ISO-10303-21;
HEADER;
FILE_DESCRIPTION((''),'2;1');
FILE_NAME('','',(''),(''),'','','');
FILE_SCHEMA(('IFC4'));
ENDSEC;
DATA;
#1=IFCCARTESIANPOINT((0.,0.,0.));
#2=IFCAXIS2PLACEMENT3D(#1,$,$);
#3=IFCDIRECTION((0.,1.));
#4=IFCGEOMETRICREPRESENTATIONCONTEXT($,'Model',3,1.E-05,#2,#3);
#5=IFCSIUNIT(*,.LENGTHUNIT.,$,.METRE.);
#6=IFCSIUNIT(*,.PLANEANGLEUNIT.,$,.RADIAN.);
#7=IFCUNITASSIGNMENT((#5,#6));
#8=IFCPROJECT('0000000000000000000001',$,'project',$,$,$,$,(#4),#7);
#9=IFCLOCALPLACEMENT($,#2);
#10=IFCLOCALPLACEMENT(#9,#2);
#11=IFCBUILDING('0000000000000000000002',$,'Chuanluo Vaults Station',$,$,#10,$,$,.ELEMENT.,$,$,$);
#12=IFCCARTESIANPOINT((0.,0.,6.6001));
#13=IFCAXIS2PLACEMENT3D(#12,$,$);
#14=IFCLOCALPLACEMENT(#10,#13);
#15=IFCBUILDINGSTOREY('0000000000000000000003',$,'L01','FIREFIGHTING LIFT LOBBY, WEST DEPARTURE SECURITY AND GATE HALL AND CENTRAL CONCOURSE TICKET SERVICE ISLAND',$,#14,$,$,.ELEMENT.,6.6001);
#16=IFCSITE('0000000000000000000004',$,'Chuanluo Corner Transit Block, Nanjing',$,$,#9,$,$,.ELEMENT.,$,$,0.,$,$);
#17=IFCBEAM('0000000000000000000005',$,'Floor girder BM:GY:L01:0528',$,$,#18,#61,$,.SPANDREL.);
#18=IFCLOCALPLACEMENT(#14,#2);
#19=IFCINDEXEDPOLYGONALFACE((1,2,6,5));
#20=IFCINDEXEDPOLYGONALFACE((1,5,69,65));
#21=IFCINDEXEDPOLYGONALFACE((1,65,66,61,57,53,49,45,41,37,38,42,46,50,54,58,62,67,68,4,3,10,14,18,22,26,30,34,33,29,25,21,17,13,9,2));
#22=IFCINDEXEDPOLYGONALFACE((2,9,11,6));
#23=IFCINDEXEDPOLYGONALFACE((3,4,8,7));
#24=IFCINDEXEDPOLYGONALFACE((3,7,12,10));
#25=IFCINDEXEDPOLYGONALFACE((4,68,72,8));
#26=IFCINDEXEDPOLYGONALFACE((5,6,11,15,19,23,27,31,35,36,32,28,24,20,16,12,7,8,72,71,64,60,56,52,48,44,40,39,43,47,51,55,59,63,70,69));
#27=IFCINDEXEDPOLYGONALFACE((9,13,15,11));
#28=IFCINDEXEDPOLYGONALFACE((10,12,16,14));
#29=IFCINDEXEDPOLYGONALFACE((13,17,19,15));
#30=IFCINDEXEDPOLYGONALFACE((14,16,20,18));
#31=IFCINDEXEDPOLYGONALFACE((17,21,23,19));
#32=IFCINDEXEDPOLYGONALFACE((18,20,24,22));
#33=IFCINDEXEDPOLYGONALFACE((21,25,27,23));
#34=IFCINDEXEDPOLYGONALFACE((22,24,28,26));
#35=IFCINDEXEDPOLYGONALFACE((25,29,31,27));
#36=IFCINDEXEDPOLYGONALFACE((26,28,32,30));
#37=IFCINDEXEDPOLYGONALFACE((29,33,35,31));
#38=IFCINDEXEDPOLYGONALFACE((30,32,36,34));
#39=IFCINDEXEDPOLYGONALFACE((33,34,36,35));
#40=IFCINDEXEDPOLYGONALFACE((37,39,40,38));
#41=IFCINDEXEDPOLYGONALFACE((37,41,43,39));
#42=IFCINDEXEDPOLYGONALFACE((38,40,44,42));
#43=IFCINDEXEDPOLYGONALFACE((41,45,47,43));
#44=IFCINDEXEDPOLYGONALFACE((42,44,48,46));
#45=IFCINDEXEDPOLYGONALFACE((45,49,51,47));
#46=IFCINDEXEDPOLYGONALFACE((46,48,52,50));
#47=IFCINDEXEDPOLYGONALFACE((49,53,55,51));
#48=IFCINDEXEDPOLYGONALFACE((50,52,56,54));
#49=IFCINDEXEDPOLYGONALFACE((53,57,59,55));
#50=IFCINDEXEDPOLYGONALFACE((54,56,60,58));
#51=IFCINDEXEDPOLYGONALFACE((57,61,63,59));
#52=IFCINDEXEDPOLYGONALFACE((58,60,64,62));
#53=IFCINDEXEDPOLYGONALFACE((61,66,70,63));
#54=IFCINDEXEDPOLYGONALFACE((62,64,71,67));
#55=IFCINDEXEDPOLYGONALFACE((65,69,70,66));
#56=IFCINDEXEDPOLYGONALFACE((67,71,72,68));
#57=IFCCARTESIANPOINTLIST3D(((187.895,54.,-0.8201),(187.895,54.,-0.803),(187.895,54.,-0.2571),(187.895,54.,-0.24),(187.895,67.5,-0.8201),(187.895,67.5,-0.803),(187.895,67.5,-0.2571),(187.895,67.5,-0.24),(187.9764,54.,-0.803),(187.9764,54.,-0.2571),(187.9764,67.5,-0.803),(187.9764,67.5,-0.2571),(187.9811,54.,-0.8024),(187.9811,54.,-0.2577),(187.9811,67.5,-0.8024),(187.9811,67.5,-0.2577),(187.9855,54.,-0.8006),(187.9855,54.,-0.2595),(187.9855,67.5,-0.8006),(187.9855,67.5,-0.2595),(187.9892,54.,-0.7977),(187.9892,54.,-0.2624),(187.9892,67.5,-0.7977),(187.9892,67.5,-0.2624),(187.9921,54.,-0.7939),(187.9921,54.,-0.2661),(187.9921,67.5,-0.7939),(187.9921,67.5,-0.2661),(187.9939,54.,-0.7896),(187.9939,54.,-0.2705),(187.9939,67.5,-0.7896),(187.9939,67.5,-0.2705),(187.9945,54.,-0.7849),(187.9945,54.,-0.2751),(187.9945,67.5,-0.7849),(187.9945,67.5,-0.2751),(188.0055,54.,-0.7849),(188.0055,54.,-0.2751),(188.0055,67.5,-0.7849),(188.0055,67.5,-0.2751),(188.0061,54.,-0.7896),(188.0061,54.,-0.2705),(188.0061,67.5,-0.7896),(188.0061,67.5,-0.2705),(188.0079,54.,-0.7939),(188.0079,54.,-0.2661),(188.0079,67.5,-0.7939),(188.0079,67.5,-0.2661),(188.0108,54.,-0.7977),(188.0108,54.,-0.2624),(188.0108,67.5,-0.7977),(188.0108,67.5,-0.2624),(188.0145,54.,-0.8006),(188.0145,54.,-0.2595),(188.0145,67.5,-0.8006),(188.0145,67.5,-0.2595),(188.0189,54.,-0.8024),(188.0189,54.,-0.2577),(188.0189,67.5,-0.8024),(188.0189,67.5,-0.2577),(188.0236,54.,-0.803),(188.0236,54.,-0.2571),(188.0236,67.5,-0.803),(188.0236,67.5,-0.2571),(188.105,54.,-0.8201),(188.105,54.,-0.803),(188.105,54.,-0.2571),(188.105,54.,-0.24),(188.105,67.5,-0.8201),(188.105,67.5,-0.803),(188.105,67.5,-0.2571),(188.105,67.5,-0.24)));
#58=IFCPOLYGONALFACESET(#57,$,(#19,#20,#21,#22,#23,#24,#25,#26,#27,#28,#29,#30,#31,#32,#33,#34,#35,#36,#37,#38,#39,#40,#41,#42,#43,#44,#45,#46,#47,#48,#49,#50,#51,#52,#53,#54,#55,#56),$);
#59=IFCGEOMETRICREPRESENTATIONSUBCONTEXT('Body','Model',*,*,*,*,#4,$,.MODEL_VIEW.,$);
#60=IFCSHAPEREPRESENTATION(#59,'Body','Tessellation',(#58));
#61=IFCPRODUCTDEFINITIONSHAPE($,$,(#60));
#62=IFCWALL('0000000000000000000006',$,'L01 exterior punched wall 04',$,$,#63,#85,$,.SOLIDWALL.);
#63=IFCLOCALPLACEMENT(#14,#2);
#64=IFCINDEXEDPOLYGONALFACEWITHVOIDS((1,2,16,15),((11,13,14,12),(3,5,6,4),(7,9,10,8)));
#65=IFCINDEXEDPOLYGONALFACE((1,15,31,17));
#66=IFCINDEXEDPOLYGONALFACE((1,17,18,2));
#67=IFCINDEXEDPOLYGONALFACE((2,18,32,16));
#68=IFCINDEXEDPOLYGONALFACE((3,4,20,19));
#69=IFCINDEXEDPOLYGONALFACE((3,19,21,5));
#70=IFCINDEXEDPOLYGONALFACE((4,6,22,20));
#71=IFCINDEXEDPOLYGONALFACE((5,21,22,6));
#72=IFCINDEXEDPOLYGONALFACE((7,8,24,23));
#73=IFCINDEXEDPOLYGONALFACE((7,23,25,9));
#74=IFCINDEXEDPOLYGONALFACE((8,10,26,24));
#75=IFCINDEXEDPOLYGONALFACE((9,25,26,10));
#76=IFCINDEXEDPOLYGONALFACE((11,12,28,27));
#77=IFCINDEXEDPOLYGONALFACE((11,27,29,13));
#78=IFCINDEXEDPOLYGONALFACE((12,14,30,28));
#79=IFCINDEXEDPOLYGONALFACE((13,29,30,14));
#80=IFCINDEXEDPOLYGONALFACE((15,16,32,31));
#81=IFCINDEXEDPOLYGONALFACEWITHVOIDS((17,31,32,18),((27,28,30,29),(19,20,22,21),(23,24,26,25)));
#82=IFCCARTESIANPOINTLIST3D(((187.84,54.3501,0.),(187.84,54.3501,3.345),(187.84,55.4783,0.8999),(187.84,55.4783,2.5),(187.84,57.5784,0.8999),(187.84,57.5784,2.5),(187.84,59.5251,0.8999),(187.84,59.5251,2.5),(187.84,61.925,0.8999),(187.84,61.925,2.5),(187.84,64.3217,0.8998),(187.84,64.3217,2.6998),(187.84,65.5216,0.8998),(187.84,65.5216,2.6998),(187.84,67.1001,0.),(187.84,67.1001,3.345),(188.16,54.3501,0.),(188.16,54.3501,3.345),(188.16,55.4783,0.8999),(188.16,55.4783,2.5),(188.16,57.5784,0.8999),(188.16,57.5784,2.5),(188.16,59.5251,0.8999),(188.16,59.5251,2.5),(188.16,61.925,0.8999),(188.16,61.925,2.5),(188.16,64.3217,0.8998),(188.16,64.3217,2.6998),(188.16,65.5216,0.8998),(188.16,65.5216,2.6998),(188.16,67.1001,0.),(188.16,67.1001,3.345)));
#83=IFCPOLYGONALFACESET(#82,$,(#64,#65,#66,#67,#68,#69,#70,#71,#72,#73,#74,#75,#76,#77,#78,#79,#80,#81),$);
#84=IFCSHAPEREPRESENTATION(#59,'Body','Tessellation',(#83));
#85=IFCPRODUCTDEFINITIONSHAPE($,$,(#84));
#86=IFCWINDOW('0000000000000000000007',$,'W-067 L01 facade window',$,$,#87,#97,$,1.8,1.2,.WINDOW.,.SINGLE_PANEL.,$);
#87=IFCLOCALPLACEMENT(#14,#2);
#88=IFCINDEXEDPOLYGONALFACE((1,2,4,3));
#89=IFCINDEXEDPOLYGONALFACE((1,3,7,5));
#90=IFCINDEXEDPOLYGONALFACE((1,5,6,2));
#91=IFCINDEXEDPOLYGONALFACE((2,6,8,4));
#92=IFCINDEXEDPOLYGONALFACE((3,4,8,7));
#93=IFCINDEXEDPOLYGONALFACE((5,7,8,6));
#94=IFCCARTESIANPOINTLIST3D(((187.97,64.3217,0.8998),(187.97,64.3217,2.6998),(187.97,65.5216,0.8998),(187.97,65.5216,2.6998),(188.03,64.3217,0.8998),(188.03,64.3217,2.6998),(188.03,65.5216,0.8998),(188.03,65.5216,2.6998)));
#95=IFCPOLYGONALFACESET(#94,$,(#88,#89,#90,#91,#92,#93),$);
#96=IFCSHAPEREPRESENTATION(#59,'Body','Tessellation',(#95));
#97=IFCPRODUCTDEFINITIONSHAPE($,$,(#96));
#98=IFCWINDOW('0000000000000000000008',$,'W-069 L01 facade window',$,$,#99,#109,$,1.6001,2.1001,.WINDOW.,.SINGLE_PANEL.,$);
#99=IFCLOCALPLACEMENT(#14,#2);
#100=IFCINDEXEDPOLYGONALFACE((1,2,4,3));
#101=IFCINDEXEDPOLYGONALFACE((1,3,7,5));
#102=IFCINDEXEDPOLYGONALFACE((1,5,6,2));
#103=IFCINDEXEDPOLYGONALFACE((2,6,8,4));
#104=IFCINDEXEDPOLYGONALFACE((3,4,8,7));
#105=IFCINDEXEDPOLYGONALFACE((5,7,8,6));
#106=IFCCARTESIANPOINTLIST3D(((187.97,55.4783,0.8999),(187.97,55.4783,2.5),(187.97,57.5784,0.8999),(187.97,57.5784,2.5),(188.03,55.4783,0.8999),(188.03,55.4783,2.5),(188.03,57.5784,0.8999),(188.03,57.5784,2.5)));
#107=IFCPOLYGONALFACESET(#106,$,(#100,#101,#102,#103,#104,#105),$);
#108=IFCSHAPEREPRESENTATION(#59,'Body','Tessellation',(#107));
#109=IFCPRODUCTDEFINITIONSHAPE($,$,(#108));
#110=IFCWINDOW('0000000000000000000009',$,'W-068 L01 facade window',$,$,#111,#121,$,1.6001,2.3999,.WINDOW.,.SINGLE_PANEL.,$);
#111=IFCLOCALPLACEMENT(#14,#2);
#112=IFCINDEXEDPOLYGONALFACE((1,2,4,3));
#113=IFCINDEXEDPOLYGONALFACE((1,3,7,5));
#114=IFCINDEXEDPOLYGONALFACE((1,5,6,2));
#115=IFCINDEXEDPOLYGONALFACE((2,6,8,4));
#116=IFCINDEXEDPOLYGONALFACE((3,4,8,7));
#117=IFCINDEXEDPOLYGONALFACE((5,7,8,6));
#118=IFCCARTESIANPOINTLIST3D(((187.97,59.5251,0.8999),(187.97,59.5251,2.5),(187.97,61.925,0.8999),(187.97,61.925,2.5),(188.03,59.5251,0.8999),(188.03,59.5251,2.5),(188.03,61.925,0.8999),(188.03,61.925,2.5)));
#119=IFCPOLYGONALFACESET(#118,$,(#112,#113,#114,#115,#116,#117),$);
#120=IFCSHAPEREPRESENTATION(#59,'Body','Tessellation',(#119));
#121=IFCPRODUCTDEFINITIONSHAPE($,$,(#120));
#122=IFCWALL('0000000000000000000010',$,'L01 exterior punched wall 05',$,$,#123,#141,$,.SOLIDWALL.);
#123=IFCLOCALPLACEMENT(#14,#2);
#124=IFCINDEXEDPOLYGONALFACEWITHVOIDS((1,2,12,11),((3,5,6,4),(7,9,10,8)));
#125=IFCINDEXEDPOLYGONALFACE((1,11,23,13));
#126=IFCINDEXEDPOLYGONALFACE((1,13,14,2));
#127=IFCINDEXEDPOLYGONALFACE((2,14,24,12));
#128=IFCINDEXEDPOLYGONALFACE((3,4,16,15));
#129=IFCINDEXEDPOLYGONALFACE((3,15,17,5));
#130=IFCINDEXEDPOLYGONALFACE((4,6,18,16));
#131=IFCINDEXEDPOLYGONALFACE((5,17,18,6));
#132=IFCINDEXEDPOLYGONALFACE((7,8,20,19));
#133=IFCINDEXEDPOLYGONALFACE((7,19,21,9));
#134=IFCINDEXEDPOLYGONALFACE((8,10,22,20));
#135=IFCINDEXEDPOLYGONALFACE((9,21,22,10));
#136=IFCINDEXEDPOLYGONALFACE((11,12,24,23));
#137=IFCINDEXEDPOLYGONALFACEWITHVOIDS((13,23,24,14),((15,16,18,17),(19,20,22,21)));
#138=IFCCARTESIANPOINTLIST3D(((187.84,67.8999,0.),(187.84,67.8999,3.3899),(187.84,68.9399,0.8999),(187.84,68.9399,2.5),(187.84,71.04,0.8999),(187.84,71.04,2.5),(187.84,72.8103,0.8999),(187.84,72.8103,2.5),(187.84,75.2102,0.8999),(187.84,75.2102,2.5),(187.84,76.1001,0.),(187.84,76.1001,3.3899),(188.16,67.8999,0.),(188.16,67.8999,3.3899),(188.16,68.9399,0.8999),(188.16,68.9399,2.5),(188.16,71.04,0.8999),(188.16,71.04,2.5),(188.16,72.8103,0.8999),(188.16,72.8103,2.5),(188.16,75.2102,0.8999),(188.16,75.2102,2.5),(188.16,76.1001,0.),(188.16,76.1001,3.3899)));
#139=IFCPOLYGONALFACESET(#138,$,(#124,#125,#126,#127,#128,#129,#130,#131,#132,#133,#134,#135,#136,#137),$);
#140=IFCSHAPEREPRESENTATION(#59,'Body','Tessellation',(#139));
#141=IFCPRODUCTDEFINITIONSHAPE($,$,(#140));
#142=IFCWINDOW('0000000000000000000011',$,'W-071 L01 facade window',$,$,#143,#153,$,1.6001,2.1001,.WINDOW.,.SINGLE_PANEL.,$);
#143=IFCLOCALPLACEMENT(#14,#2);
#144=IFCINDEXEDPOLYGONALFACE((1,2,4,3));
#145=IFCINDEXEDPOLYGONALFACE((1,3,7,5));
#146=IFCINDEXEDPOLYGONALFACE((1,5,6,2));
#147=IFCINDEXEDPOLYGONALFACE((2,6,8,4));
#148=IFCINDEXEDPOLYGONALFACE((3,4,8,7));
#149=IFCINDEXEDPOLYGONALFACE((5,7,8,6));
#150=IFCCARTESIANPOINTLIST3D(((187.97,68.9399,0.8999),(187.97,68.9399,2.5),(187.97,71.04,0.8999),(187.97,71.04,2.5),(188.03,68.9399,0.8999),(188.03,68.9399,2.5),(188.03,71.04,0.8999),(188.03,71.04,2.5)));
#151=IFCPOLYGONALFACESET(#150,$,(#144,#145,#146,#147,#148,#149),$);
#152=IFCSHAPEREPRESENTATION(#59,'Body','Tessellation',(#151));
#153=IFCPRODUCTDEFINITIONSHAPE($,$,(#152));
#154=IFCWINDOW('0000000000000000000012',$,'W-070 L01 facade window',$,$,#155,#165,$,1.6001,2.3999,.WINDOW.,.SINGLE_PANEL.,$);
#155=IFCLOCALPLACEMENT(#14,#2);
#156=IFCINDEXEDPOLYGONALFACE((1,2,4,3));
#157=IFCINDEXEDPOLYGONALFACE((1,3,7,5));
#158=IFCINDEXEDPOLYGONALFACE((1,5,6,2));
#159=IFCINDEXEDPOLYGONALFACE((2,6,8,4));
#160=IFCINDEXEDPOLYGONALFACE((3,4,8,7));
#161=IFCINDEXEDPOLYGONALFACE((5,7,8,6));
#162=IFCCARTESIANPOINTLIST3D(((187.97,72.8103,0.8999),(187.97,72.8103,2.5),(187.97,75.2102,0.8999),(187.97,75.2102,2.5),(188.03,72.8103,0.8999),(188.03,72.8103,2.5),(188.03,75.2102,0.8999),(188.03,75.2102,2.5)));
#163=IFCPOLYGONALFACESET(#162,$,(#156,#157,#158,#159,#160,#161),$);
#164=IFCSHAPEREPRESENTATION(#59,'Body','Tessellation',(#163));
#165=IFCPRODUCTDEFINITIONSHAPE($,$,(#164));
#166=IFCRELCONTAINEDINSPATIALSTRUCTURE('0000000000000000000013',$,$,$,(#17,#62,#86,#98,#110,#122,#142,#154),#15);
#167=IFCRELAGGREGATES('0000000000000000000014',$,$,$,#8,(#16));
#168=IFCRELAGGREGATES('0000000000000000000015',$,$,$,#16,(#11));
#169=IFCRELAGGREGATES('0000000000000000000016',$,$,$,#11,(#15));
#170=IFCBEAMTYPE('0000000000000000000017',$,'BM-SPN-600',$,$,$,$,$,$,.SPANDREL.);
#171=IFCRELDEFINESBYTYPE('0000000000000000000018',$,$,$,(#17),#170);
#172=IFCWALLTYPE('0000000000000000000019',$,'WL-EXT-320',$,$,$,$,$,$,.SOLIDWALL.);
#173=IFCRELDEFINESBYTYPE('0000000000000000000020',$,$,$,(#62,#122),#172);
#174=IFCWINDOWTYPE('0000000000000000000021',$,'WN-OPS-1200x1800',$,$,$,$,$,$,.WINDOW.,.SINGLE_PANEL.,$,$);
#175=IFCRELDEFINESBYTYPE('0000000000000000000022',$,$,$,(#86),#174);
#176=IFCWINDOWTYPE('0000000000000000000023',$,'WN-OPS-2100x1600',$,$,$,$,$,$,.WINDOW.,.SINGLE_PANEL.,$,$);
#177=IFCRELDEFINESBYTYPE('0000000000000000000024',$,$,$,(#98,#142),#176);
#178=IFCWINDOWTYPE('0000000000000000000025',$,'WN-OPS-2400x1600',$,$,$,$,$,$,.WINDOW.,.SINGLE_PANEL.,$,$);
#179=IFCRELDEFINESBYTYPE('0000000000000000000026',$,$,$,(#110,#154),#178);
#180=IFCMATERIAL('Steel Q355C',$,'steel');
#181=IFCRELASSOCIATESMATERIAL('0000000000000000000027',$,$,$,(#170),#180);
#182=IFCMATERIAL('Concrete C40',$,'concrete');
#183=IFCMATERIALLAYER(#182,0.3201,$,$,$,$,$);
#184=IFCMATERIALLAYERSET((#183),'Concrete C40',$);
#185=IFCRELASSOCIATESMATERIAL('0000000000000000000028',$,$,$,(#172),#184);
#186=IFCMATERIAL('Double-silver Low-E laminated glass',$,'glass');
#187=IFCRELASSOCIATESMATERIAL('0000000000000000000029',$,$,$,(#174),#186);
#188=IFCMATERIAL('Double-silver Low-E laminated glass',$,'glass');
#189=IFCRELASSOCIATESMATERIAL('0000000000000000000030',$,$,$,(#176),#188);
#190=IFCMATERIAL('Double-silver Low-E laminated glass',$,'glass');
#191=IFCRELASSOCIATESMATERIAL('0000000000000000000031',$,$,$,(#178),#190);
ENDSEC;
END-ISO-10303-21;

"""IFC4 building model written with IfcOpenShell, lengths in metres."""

from ifc_helpers import new_model, si_unit, direction, frame, frame_2d, origin, origin_2d, place, context, subcontext, project, spatial, rectangle, i_section, extrude, material, layer, layer_set, material_profile, profile_set, type_object, element, fill, save


model = new_model("IFC4")

# Units and contexts
model_context = context("Model", 3, precision=1e-05, world=origin(), true_north=direction((0.0, 1.0)))
body_context = subcontext(model_context, "Body", "Model", "MODEL_VIEW")
ifc_project = project(units=[si_unit("LENGTHUNIT", "METRE"), si_unit("PLANEANGLEUNIT", "RADIAN")], contexts=[model_context])

# Site, building, storey
site_placement = place(None, origin())
site = spatial("IfcSite", under=ifc_project, at=site_placement, Name="Chuanluo Corner Transit Block, Nanjing", CompositionType="ELEMENT", RefElevation=0.0)
building_placement = place(site_placement, origin())
building = spatial("IfcBuilding", under=site, at=building_placement, Name="Chuanluo Vaults Station", CompositionType="ELEMENT")
storey_placement = place(building_placement, frame((0.0, 0.0, 6.6001)))
storey = spatial("IfcBuildingStorey", under=building, at=storey_placement, Name="L01", Description="FIREFIGHTING LIFT LOBBY, WEST DEPARTURE SECURITY AND GATE HALL AND CENTRAL CONCOURSE TICKET SERVICE ISLAND", CompositionType="ELEMENT", Elevation=6.6001)

# Beam
ifc_material_1 = material(Name="Steel Q355C", Category="steel")
ifc_material_profile_1 = material_profile(ifc_material_1, i_section(OverallWidth=0.21, OverallDepth=0.5801, WebThickness=0.011, FlangeThickness=0.0171, FilletRadius=0.0181, at=origin_2d()))
ifc_profile_set_1 = profile_set([ifc_material_profile_1], Name="Steel Q355C")
beam_type_1 = type_object("IfcBeamType", Name="BM-SPN-600", PredefinedType="SPANDREL", material=ifc_profile_set_1)
beam_placement = place(storey_placement, frame((188.0, 54.0, -0.53), z_axis=(0.0, 1.0, 0.0), x_axis=(-1.0, 0.0, 0.0)))
element("IfcBeam", 1, at=beam_placement, inside=storey, type_object=beam_type_1, Name="Floor girder BM:GY:L01:0528", PredefinedType="SPANDREL", context=body_context, shape_type="SweptSolid", body=[
    extrude(i_section(OverallWidth=0.21, OverallDepth=0.5801, WebThickness=0.011, FlangeThickness=0.0171, FilletRadius=0.0181, at=origin_2d()), origin(), (0.0, 0.0, 1.0), 13.5),
])

# Walls, openings, windows
ifc_material_2 = material(Name="Concrete C40", Category="concrete")
ifc_layer_1 = layer(ifc_material_2, 0.3201)
ifc_layer_set_1 = layer_set([ifc_layer_1], Name="Concrete C40")
wall_type_1 = type_object("IfcWallType", Name="WL-EXT-320", PredefinedType="SOLIDWALL", material=ifc_layer_set_1)
wall_1_placement = place(storey_placement, frame((188.0, 67.1001, 0.0), z_axis=(0.0, 0.0, 1.0), x_axis=(0.0, -1.0, 0.0)))
wall_1 = element("IfcWall", 2, at=wall_1_placement, inside=storey, type_object=wall_type_1, Name="L01 exterior punched wall 04", PredefinedType="SOLIDWALL", context=body_context, shape_type="SweptSolid", body=[
    extrude(rectangle(XDim=12.75, YDim=0.3201, at=frame_2d((6.375, 0.0))), origin(), (0.0, 0.0, 1.0), 3.345),
])
opening_1_placement = place(wall_1_placement, frame((1.5784, 0.0, 0.8999)))
opening_1 = element("IfcOpeningElement", 3, at=opening_1_placement, cuts=wall_1, PredefinedType="OPENING", context=body_context, shape_type="SweptSolid", body=[
    extrude(rectangle(XDim=1.2, YDim=1.8, at=frame_2d((0.6001, 0.8999))), frame((0.0, 0.1702, 0.0), z_axis=(0.0, -1.0, 0.0), x_axis=(1.0, 0.0, 0.0)), (0.0, 0.0, 1.0), 0.3401),
])
opening_2_placement = place(wall_1_placement, frame((5.175, 0.0, 0.8999)))
opening_2 = element("IfcOpeningElement", 4, at=opening_2_placement, cuts=wall_1, PredefinedType="OPENING", context=body_context, shape_type="SweptSolid", body=[
    extrude(rectangle(XDim=2.3999, YDim=1.6001, at=frame_2d((1.2, 0.8))), frame((0.0, 0.1702, 0.0), z_axis=(0.0, -1.0, 0.0), x_axis=(1.0, 0.0, 0.0)), (0.0, 0.0, 1.0), 0.3401),
])
opening_3_placement = place(wall_1_placement, frame((9.5217, 0.0, 0.8999)))
opening_3 = element("IfcOpeningElement", 5, at=opening_3_placement, cuts=wall_1, PredefinedType="OPENING", context=body_context, shape_type="SweptSolid", body=[
    extrude(rectangle(XDim=2.1001, YDim=1.6001, at=frame_2d((1.05, 0.8))), frame((0.0, 0.1702, 0.0), z_axis=(0.0, -1.0, 0.0), x_axis=(1.0, 0.0, 0.0)), (0.0, 0.0, 1.0), 0.3401),
])
ifc_material_3 = material(Name="Double-silver Low-E laminated glass", Category="glass")
window_type_1 = type_object("IfcWindowType", Name="WN-OPS-1200x1800", PartitioningType="SINGLE_PANEL", PredefinedType="WINDOW", material=ifc_material_3)
window_1_placement = place(opening_1_placement, origin())
window_1 = element("IfcWindow", 6, at=window_1_placement, inside=storey, type_object=window_type_1, Name="W-067 L01 facade window", OverallHeight=1.8, OverallWidth=1.2, PartitioningType="SINGLE_PANEL", PredefinedType="WINDOW", context=body_context, shape_type="SweptSolid", body=[
    extrude(rectangle(XDim=1.2, YDim=1.8, at=frame_2d((0.6001, 0.8999))), frame((0.0, 0.03, 0.0), z_axis=(0.0, -1.0, 0.0), x_axis=(1.0, 0.0, 0.0)), (0.0, 0.0, 1.0), 0.0601),
])
fill(opening_1, window_1)
ifc_material_4 = material(Name="Double-silver Low-E laminated glass", Category="glass")
window_type_2 = type_object("IfcWindowType", Name="WN-OPS-2100x1600", PartitioningType="SINGLE_PANEL", PredefinedType="WINDOW", material=ifc_material_4)
window_2_placement = place(opening_3_placement, origin())
window_2 = element("IfcWindow", 7, at=window_2_placement, inside=storey, type_object=window_type_2, Name="W-069 L01 facade window", OverallHeight=1.6001, OverallWidth=2.1001, PartitioningType="SINGLE_PANEL", PredefinedType="WINDOW", context=body_context, shape_type="SweptSolid", body=[
    extrude(rectangle(XDim=2.1001, YDim=1.6001, at=frame_2d((1.05, 0.8))), frame((0.0, 0.03, 0.0), z_axis=(0.0, -1.0, 0.0), x_axis=(1.0, 0.0, 0.0)), (0.0, 0.0, 1.0), 0.0601),
])
fill(opening_3, window_2)
ifc_material_5 = material(Name="Double-silver Low-E laminated glass", Category="glass")
window_type_3 = type_object("IfcWindowType", Name="WN-OPS-2400x1600", PartitioningType="SINGLE_PANEL", PredefinedType="WINDOW", material=ifc_material_5)
window_3_placement = place(opening_2_placement, origin())
window_3 = element("IfcWindow", 8, at=window_3_placement, inside=storey, type_object=window_type_3, Name="W-068 L01 facade window", OverallHeight=1.6001, OverallWidth=2.3999, PartitioningType="SINGLE_PANEL", PredefinedType="WINDOW", context=body_context, shape_type="SweptSolid", body=[
    extrude(rectangle(XDim=2.3999, YDim=1.6001, at=frame_2d((1.2, 0.8))), frame((0.0, 0.03, 0.0), z_axis=(0.0, -1.0, 0.0), x_axis=(1.0, 0.0, 0.0)), (0.0, 0.0, 1.0), 0.0601),
])
fill(opening_2, window_3)
wall_2_placement = place(storey_placement, frame((188.0, 76.1001, 0.0), z_axis=(0.0, 0.0, 1.0), x_axis=(0.0, -1.0, 0.0)))
wall_2 = element("IfcWall", 9, at=wall_2_placement, inside=storey, type_object=wall_type_1, Name="L01 exterior punched wall 05", PredefinedType="SOLIDWALL", context=body_context, shape_type="SweptSolid", body=[
    extrude(rectangle(XDim=8.2002, YDim=0.3201, at=frame_2d((4.1001, 0.0))), origin(), (0.0, 0.0, 1.0), 3.3899),
])
opening_4_placement = place(wall_2_placement, frame((0.8899, 0.0, 0.8999)))
opening_4 = element("IfcOpeningElement", 10, at=opening_4_placement, cuts=wall_2, PredefinedType="OPENING", context=body_context, shape_type="SweptSolid", body=[
    extrude(rectangle(XDim=2.3999, YDim=1.6001, at=frame_2d((1.2, 0.8))), frame((0.0, 0.1702, 0.0), z_axis=(0.0, -1.0, 0.0), x_axis=(1.0, 0.0, 0.0)), (0.0, 0.0, 1.0), 0.3401),
])
opening_5_placement = place(wall_2_placement, frame((5.0601, 0.0, 0.8999)))
opening_5 = element("IfcOpeningElement", 11, at=opening_5_placement, cuts=wall_2, PredefinedType="OPENING", context=body_context, shape_type="SweptSolid", body=[
    extrude(rectangle(XDim=2.1001, YDim=1.6001, at=frame_2d((1.05, 0.8))), frame((0.0, 0.1702, 0.0), z_axis=(0.0, -1.0, 0.0), x_axis=(1.0, 0.0, 0.0)), (0.0, 0.0, 1.0), 0.3401),
])
window_4_placement = place(opening_5_placement, origin())
window_4 = element("IfcWindow", 12, at=window_4_placement, inside=storey, type_object=window_type_2, Name="W-071 L01 facade window", OverallHeight=1.6001, OverallWidth=2.1001, PartitioningType="SINGLE_PANEL", PredefinedType="WINDOW", context=body_context, shape_type="SweptSolid", body=[
    extrude(rectangle(XDim=2.1001, YDim=1.6001, at=frame_2d((1.05, 0.8))), frame((0.0, 0.03, 0.0), z_axis=(0.0, -1.0, 0.0), x_axis=(1.0, 0.0, 0.0)), (0.0, 0.0, 1.0), 0.0601),
])
fill(opening_5, window_4)
window_5_placement = place(opening_4_placement, origin())
window_5 = element("IfcWindow", 13, at=window_5_placement, inside=storey, type_object=window_type_3, Name="W-070 L01 facade window", OverallHeight=1.6001, OverallWidth=2.3999, PartitioningType="SINGLE_PANEL", PredefinedType="WINDOW", context=body_context, shape_type="SweptSolid", body=[
    extrude(rectangle(XDim=2.3999, YDim=1.6001, at=frame_2d((1.2, 0.8))), frame((0.0, 0.03, 0.0), z_axis=(0.0, -1.0, 0.0), x_axis=(1.0, 0.0, 0.0)), (0.0, 0.0, 1.0), 0.0601),
])
fill(opening_4, window_5)

save(model, "model.ifc")
